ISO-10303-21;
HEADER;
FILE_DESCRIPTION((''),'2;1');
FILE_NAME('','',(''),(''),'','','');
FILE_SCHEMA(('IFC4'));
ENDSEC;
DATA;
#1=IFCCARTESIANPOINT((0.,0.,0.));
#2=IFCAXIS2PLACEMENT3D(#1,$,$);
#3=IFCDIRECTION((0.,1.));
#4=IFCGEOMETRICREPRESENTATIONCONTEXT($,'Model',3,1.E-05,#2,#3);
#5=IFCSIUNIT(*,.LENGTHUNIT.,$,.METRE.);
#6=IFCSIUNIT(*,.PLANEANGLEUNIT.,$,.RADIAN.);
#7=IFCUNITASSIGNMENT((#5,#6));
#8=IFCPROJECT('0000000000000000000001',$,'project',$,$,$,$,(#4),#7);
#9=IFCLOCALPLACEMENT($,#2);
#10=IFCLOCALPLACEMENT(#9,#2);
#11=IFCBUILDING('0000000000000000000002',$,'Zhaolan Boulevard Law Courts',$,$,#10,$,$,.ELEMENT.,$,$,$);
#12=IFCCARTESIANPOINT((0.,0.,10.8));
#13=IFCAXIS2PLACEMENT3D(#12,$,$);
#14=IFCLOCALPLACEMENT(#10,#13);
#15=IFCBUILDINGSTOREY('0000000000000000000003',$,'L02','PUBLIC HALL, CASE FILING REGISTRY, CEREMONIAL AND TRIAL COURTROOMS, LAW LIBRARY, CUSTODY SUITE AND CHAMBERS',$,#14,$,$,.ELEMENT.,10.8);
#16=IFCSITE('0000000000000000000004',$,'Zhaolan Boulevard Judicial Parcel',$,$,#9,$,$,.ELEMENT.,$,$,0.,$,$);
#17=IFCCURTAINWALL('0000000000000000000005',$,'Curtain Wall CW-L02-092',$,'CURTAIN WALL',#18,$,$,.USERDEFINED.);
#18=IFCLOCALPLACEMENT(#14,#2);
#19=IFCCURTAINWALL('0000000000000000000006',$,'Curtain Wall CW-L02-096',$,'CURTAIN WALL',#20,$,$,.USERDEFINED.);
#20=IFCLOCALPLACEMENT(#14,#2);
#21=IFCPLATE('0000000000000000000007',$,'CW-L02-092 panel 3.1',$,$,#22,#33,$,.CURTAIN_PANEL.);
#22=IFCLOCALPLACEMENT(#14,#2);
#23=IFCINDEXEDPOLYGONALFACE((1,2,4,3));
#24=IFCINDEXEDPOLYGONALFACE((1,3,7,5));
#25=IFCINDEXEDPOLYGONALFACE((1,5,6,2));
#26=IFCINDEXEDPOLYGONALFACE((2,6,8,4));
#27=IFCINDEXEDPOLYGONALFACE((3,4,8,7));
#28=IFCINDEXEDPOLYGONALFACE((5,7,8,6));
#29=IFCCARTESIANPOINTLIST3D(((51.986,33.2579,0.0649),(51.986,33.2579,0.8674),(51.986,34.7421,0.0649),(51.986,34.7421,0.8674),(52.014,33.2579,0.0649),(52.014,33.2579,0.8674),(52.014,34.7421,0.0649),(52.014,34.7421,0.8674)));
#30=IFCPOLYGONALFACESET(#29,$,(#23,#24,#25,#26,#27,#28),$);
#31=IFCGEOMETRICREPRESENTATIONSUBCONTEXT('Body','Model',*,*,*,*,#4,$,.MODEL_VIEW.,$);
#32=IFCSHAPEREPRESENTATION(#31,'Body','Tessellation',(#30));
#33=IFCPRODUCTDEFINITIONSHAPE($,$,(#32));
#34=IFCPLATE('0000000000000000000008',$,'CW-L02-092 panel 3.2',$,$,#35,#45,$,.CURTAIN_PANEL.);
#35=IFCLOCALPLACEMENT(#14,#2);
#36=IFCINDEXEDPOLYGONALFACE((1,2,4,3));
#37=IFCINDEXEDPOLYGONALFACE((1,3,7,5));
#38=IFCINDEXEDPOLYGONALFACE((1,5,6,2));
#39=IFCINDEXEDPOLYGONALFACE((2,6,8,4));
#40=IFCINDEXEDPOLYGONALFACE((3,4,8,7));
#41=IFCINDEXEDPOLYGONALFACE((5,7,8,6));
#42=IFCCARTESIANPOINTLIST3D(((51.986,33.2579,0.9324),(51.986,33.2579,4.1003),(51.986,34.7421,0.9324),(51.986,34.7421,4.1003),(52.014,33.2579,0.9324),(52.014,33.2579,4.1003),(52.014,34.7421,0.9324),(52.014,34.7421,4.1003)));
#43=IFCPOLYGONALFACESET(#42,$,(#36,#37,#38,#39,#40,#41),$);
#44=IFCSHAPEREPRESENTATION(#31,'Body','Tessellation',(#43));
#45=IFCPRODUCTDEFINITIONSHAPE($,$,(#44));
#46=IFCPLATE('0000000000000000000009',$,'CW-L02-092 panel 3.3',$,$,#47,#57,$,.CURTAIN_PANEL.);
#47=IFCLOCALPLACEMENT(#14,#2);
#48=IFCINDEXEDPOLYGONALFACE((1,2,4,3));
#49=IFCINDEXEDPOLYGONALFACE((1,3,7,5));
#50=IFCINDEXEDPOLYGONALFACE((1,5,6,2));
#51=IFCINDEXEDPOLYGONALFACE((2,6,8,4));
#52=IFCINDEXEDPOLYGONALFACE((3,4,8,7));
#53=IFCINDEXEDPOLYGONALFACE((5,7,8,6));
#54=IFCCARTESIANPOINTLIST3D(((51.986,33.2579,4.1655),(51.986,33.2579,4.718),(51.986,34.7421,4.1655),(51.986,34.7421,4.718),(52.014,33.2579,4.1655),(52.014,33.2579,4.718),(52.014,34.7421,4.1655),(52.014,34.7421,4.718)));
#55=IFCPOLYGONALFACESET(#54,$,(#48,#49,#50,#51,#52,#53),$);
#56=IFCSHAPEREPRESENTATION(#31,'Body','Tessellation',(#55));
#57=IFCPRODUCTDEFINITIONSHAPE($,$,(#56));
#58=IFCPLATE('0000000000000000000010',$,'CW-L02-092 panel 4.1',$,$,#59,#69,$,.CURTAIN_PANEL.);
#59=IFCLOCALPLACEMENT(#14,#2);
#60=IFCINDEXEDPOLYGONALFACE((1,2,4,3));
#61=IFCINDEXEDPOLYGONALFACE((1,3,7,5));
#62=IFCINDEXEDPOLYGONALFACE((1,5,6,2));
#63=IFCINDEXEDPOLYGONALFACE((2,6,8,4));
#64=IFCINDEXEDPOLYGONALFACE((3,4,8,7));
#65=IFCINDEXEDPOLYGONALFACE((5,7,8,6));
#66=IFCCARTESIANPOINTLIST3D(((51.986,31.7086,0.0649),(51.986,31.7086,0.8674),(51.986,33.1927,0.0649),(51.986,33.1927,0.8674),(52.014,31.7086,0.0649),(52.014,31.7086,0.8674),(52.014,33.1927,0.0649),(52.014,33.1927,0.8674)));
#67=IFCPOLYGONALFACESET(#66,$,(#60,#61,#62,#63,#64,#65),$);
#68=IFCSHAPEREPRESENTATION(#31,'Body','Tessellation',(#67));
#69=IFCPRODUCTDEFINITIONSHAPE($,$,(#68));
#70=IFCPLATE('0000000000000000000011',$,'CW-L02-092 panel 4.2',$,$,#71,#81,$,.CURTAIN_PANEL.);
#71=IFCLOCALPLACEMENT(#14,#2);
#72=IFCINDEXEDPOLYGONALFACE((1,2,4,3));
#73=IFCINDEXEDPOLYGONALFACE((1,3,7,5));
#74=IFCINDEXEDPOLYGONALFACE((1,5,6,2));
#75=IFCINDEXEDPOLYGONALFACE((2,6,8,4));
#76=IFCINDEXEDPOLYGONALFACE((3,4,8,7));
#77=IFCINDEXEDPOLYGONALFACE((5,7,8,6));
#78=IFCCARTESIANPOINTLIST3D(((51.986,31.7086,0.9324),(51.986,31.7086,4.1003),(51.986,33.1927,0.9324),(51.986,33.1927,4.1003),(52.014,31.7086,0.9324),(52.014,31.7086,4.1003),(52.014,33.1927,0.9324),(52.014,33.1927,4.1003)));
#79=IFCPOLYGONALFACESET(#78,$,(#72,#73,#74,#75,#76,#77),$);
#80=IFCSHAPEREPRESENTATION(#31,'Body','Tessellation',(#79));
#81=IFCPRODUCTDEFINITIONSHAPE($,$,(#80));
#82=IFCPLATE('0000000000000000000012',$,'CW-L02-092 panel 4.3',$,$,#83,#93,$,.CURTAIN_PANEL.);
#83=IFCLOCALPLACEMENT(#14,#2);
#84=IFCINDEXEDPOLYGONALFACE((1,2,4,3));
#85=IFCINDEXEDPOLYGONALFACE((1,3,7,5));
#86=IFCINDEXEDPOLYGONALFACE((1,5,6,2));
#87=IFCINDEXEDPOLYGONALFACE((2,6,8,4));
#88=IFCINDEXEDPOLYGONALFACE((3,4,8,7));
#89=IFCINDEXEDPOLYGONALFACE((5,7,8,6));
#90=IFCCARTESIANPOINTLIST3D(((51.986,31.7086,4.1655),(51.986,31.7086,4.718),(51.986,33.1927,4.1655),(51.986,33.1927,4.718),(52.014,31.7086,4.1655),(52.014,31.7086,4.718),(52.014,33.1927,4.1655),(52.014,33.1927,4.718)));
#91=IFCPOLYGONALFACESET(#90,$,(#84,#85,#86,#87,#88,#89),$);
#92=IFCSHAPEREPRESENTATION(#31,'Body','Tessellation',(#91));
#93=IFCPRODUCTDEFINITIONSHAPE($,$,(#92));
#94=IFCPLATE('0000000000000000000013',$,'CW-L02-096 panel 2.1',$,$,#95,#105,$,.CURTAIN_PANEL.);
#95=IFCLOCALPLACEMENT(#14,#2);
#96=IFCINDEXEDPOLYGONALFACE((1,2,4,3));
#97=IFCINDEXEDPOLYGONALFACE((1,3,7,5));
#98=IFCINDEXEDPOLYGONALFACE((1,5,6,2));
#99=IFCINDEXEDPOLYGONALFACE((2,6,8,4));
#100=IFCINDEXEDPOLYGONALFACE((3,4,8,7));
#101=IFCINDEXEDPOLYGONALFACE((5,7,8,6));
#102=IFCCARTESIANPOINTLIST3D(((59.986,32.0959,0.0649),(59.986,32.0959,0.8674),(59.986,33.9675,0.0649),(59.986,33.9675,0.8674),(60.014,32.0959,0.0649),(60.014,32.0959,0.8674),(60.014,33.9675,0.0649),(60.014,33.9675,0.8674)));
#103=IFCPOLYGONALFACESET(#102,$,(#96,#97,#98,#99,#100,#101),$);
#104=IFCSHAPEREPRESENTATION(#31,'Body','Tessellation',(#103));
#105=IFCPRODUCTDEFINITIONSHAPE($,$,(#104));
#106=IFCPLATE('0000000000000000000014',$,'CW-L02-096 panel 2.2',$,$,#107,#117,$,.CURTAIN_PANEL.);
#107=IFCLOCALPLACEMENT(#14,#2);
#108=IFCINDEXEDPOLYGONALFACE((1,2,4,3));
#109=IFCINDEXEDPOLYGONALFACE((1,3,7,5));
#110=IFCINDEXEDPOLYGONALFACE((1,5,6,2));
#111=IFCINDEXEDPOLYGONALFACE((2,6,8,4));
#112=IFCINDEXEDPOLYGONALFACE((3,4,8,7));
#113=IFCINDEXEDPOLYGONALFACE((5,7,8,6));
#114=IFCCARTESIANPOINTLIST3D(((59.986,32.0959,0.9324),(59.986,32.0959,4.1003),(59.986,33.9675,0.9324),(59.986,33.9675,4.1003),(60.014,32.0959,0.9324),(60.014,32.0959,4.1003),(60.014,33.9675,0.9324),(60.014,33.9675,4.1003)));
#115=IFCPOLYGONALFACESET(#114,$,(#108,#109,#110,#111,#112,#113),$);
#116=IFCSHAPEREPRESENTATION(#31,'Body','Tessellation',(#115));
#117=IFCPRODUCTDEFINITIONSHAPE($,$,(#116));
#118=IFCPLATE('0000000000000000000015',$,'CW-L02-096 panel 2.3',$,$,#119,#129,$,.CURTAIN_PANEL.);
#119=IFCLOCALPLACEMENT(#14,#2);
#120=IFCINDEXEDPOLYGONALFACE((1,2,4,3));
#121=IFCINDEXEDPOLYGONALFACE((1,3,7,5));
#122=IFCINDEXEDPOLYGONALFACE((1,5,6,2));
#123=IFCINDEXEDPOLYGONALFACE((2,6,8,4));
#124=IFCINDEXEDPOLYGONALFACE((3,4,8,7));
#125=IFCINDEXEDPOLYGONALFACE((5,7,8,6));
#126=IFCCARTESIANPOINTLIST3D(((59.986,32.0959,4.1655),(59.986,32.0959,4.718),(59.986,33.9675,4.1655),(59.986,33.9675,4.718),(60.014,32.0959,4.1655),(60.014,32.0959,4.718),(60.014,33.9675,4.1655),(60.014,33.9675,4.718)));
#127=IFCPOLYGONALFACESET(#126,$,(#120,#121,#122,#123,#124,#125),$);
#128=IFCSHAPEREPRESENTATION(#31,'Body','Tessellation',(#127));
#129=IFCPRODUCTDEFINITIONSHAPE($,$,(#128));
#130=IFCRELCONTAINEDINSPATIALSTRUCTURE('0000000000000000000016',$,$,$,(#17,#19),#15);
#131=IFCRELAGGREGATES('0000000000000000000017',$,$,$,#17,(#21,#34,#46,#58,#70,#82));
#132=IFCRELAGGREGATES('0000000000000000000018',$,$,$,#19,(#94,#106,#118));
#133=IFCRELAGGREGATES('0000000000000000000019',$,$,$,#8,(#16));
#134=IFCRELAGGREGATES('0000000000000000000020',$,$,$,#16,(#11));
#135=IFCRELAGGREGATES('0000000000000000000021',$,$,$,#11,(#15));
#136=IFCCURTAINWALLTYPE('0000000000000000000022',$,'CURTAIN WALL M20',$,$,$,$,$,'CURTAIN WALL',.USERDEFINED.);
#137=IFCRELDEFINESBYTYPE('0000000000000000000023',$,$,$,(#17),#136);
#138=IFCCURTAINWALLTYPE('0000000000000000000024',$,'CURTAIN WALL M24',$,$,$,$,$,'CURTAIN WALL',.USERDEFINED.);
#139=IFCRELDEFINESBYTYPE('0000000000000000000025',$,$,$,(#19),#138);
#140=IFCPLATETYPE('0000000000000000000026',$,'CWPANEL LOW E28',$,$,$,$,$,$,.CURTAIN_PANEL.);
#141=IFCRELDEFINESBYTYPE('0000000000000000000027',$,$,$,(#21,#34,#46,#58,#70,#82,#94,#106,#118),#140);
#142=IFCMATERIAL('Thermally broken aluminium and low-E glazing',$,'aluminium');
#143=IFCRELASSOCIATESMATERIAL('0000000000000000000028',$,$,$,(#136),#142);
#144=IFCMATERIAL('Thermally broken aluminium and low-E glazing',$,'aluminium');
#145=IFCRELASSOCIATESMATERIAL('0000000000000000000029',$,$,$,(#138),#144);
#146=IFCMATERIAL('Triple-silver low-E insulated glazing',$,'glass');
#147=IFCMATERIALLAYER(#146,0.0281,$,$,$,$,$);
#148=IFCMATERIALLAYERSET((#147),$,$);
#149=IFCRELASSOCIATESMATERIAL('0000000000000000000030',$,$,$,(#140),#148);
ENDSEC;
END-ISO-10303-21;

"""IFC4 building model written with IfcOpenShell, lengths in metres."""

from ifc_helpers import new_model, si_unit, direction, frame, origin, origin_2d, place, context, subcontext, project, spatial, rectangle, extrude, material, layer, layer_set, type_object, element, aggregate, save


model = new_model("IFC4")

# Units and contexts
model_context = context("Model", 3, precision=1e-05, world=origin(), true_north=direction((0.0, 1.0)))
body_context = subcontext(model_context, "Body", "Model", "MODEL_VIEW")
ifc_project = project(units=[si_unit("LENGTHUNIT", "METRE"), si_unit("PLANEANGLEUNIT", "RADIAN")], contexts=[model_context])

# Site, building, storey
site_placement = place(None, origin())
site = spatial("IfcSite", under=ifc_project, at=site_placement, Name="Zhaolan Boulevard Judicial Parcel", CompositionType="ELEMENT", RefElevation=0.0)
building_placement = place(site_placement, origin())
building = spatial("IfcBuilding", under=site, at=building_placement, Name="Zhaolan Boulevard Law Courts", CompositionType="ELEMENT")
storey_placement = place(building_placement, frame((0.0, 0.0, 10.8)))
storey = spatial("IfcBuildingStorey", under=building, at=storey_placement, Name="L02", Description="PUBLIC HALL, CASE FILING REGISTRY, CEREMONIAL AND TRIAL COURTROOMS, LAW LIBRARY, CUSTODY SUITE AND CHAMBERS", CompositionType="ELEMENT", Elevation=10.8)

# Curtain wall
ifc_material_1 = material(Name="Thermally broken aluminium and low-E glazing", Category="aluminium")
curtain_wall_type_1 = type_object("IfcCurtainWallType", Name="CURTAIN WALL M20", ElementType="CURTAIN WALL", PredefinedType="USERDEFINED", material=ifc_material_1)
curtain_wall_1_placement = place(storey_placement, origin())
curtain_wall_1 = element("IfcCurtainWall", 1, at=curtain_wall_1_placement, inside=storey, type_object=curtain_wall_type_1, Name="Curtain Wall CW-L02-092", ObjectType="CURTAIN WALL", PredefinedType="USERDEFINED")

# Curtain wall
ifc_material_2 = material(Name="Thermally broken aluminium and low-E glazing", Category="aluminium")
curtain_wall_type_2 = type_object("IfcCurtainWallType", Name="CURTAIN WALL M24", ElementType="CURTAIN WALL", PredefinedType="USERDEFINED", material=ifc_material_2)
curtain_wall_2_placement = place(storey_placement, origin())
curtain_wall_2 = element("IfcCurtainWall", 2, at=curtain_wall_2_placement, inside=storey, type_object=curtain_wall_type_2, Name="Curtain Wall CW-L02-096", ObjectType="CURTAIN WALL", PredefinedType="USERDEFINED")

# Plates
ifc_material_3 = material(Name="Triple-silver low-E insulated glazing", Category="glass")
ifc_layer = layer(ifc_material_3, 0.0281)
ifc_layer_set = layer_set([ifc_layer])
plate_type = type_object("IfcPlateType", Name="CWPANEL LOW E28", PredefinedType="CURTAIN_PANEL", material=ifc_layer_set)
plate_1_placement = place(storey_placement, frame((52.0, 34.0, 0.0649), z_axis=(0.0, 0.0, 1.0), x_axis=(0.0, -1.0, 0.0)))
plate_1 = element("IfcPlate", 3, at=plate_1_placement, type_object=plate_type, Name="CW-L02-092 panel 3.1", PredefinedType="CURTAIN_PANEL", context=body_context, shape_type="SweptSolid", body=[
    extrude(rectangle(XDim=1.4841, YDim=0.0281, at=origin_2d()), origin(), (0.0, 0.0, 1.0), 0.8025),
])
plate_2_placement = place(storey_placement, frame((52.0, 34.0, 0.9324), z_axis=(0.0, 0.0, 1.0), x_axis=(0.0, -1.0, 0.0)))
plate_2 = element("IfcPlate", 4, at=plate_2_placement, type_object=plate_type, Name="CW-L02-092 panel 3.2", PredefinedType="CURTAIN_PANEL", context=body_context, shape_type="SweptSolid", body=[
    extrude(rectangle(XDim=1.4841, YDim=0.0281, at=origin_2d()), origin(), (0.0, 0.0, 1.0), 3.168),
])
plate_3_placement = place(storey_placement, frame((52.0, 34.0, 4.1655), z_axis=(0.0, 0.0, 1.0), x_axis=(0.0, -1.0, 0.0)))
plate_3 = element("IfcPlate", 5, at=plate_3_placement, type_object=plate_type, Name="CW-L02-092 panel 3.3", PredefinedType="CURTAIN_PANEL", context=body_context, shape_type="SweptSolid", body=[
    extrude(rectangle(XDim=1.4841, YDim=0.0281, at=origin_2d()), origin(), (0.0, 0.0, 1.0), 0.5525),
])
plate_4_placement = place(storey_placement, frame((52.0, 32.4507, 0.0649), z_axis=(0.0, 0.0, 1.0), x_axis=(0.0, -1.0, 0.0)))
plate_4 = element("IfcPlate", 6, at=plate_4_placement, type_object=plate_type, Name="CW-L02-092 panel 4.1", PredefinedType="CURTAIN_PANEL", context=body_context, shape_type="SweptSolid", body=[
    extrude(rectangle(XDim=1.4841, YDim=0.0281, at=origin_2d()), origin(), (0.0, 0.0, 1.0), 0.8025),
])
plate_5_placement = place(storey_placement, frame((52.0, 32.4507, 0.9324), z_axis=(0.0, 0.0, 1.0), x_axis=(0.0, -1.0, 0.0)))
plate_5 = element("IfcPlate", 7, at=plate_5_placement, type_object=plate_type, Name="CW-L02-092 panel 4.2", PredefinedType="CURTAIN_PANEL", context=body_context, shape_type="SweptSolid", body=[
    extrude(rectangle(XDim=1.4841, YDim=0.0281, at=origin_2d()), origin(), (0.0, 0.0, 1.0), 3.168),
])
plate_6_placement = place(storey_placement, frame((52.0, 32.4507, 4.1655), z_axis=(0.0, 0.0, 1.0), x_axis=(0.0, -1.0, 0.0)))
plate_6 = element("IfcPlate", 8, at=plate_6_placement, type_object=plate_type, Name="CW-L02-092 panel 4.3", PredefinedType="CURTAIN_PANEL", context=body_context, shape_type="SweptSolid", body=[
    extrude(rectangle(XDim=1.4841, YDim=0.0281, at=origin_2d()), origin(), (0.0, 0.0, 1.0), 0.5525),
])
aggregate(curtain_wall_1, [plate_1, plate_2, plate_3, plate_4, plate_5, plate_6])
plate_7_placement = place(storey_placement, frame((60.0, 33.0317, 0.0649), z_axis=(0.0, 0.0, 1.0), x_axis=(0.0, 1.0, 0.0)))
plate_7 = element("IfcPlate", 9, at=plate_7_placement, type_object=plate_type, Name="CW-L02-096 panel 2.1", PredefinedType="CURTAIN_PANEL", context=body_context, shape_type="SweptSolid", body=[
    extrude(rectangle(XDim=1.8716, YDim=0.0281, at=origin_2d()), origin(), (0.0, 0.0, 1.0), 0.8025),
])
plate_8_placement = place(storey_placement, frame((60.0, 33.0317, 0.9324), z_axis=(0.0, 0.0, 1.0), x_axis=(0.0, 1.0, 0.0)))
plate_8 = element("IfcPlate", 10, at=plate_8_placement, type_object=plate_type, Name="CW-L02-096 panel 2.2", PredefinedType="CURTAIN_PANEL", context=body_context, shape_type="SweptSolid", body=[
    extrude(rectangle(XDim=1.8716, YDim=0.0281, at=origin_2d()), origin(), (0.0, 0.0, 1.0), 3.168),
])
plate_9_placement = place(storey_placement, frame((60.0, 33.0317, 4.1655), z_axis=(0.0, 0.0, 1.0), x_axis=(0.0, 1.0, 0.0)))
plate_9 = element("IfcPlate", 11, at=plate_9_placement, type_object=plate_type, Name="CW-L02-096 panel 2.3", PredefinedType="CURTAIN_PANEL", context=body_context, shape_type="SweptSolid", body=[
    extrude(rectangle(XDim=1.8716, YDim=0.0281, at=origin_2d()), origin(), (0.0, 0.0, 1.0), 0.5525),
])
aggregate(curtain_wall_2, [plate_7, plate_8, plate_9])

save(model, "model.ifc")
